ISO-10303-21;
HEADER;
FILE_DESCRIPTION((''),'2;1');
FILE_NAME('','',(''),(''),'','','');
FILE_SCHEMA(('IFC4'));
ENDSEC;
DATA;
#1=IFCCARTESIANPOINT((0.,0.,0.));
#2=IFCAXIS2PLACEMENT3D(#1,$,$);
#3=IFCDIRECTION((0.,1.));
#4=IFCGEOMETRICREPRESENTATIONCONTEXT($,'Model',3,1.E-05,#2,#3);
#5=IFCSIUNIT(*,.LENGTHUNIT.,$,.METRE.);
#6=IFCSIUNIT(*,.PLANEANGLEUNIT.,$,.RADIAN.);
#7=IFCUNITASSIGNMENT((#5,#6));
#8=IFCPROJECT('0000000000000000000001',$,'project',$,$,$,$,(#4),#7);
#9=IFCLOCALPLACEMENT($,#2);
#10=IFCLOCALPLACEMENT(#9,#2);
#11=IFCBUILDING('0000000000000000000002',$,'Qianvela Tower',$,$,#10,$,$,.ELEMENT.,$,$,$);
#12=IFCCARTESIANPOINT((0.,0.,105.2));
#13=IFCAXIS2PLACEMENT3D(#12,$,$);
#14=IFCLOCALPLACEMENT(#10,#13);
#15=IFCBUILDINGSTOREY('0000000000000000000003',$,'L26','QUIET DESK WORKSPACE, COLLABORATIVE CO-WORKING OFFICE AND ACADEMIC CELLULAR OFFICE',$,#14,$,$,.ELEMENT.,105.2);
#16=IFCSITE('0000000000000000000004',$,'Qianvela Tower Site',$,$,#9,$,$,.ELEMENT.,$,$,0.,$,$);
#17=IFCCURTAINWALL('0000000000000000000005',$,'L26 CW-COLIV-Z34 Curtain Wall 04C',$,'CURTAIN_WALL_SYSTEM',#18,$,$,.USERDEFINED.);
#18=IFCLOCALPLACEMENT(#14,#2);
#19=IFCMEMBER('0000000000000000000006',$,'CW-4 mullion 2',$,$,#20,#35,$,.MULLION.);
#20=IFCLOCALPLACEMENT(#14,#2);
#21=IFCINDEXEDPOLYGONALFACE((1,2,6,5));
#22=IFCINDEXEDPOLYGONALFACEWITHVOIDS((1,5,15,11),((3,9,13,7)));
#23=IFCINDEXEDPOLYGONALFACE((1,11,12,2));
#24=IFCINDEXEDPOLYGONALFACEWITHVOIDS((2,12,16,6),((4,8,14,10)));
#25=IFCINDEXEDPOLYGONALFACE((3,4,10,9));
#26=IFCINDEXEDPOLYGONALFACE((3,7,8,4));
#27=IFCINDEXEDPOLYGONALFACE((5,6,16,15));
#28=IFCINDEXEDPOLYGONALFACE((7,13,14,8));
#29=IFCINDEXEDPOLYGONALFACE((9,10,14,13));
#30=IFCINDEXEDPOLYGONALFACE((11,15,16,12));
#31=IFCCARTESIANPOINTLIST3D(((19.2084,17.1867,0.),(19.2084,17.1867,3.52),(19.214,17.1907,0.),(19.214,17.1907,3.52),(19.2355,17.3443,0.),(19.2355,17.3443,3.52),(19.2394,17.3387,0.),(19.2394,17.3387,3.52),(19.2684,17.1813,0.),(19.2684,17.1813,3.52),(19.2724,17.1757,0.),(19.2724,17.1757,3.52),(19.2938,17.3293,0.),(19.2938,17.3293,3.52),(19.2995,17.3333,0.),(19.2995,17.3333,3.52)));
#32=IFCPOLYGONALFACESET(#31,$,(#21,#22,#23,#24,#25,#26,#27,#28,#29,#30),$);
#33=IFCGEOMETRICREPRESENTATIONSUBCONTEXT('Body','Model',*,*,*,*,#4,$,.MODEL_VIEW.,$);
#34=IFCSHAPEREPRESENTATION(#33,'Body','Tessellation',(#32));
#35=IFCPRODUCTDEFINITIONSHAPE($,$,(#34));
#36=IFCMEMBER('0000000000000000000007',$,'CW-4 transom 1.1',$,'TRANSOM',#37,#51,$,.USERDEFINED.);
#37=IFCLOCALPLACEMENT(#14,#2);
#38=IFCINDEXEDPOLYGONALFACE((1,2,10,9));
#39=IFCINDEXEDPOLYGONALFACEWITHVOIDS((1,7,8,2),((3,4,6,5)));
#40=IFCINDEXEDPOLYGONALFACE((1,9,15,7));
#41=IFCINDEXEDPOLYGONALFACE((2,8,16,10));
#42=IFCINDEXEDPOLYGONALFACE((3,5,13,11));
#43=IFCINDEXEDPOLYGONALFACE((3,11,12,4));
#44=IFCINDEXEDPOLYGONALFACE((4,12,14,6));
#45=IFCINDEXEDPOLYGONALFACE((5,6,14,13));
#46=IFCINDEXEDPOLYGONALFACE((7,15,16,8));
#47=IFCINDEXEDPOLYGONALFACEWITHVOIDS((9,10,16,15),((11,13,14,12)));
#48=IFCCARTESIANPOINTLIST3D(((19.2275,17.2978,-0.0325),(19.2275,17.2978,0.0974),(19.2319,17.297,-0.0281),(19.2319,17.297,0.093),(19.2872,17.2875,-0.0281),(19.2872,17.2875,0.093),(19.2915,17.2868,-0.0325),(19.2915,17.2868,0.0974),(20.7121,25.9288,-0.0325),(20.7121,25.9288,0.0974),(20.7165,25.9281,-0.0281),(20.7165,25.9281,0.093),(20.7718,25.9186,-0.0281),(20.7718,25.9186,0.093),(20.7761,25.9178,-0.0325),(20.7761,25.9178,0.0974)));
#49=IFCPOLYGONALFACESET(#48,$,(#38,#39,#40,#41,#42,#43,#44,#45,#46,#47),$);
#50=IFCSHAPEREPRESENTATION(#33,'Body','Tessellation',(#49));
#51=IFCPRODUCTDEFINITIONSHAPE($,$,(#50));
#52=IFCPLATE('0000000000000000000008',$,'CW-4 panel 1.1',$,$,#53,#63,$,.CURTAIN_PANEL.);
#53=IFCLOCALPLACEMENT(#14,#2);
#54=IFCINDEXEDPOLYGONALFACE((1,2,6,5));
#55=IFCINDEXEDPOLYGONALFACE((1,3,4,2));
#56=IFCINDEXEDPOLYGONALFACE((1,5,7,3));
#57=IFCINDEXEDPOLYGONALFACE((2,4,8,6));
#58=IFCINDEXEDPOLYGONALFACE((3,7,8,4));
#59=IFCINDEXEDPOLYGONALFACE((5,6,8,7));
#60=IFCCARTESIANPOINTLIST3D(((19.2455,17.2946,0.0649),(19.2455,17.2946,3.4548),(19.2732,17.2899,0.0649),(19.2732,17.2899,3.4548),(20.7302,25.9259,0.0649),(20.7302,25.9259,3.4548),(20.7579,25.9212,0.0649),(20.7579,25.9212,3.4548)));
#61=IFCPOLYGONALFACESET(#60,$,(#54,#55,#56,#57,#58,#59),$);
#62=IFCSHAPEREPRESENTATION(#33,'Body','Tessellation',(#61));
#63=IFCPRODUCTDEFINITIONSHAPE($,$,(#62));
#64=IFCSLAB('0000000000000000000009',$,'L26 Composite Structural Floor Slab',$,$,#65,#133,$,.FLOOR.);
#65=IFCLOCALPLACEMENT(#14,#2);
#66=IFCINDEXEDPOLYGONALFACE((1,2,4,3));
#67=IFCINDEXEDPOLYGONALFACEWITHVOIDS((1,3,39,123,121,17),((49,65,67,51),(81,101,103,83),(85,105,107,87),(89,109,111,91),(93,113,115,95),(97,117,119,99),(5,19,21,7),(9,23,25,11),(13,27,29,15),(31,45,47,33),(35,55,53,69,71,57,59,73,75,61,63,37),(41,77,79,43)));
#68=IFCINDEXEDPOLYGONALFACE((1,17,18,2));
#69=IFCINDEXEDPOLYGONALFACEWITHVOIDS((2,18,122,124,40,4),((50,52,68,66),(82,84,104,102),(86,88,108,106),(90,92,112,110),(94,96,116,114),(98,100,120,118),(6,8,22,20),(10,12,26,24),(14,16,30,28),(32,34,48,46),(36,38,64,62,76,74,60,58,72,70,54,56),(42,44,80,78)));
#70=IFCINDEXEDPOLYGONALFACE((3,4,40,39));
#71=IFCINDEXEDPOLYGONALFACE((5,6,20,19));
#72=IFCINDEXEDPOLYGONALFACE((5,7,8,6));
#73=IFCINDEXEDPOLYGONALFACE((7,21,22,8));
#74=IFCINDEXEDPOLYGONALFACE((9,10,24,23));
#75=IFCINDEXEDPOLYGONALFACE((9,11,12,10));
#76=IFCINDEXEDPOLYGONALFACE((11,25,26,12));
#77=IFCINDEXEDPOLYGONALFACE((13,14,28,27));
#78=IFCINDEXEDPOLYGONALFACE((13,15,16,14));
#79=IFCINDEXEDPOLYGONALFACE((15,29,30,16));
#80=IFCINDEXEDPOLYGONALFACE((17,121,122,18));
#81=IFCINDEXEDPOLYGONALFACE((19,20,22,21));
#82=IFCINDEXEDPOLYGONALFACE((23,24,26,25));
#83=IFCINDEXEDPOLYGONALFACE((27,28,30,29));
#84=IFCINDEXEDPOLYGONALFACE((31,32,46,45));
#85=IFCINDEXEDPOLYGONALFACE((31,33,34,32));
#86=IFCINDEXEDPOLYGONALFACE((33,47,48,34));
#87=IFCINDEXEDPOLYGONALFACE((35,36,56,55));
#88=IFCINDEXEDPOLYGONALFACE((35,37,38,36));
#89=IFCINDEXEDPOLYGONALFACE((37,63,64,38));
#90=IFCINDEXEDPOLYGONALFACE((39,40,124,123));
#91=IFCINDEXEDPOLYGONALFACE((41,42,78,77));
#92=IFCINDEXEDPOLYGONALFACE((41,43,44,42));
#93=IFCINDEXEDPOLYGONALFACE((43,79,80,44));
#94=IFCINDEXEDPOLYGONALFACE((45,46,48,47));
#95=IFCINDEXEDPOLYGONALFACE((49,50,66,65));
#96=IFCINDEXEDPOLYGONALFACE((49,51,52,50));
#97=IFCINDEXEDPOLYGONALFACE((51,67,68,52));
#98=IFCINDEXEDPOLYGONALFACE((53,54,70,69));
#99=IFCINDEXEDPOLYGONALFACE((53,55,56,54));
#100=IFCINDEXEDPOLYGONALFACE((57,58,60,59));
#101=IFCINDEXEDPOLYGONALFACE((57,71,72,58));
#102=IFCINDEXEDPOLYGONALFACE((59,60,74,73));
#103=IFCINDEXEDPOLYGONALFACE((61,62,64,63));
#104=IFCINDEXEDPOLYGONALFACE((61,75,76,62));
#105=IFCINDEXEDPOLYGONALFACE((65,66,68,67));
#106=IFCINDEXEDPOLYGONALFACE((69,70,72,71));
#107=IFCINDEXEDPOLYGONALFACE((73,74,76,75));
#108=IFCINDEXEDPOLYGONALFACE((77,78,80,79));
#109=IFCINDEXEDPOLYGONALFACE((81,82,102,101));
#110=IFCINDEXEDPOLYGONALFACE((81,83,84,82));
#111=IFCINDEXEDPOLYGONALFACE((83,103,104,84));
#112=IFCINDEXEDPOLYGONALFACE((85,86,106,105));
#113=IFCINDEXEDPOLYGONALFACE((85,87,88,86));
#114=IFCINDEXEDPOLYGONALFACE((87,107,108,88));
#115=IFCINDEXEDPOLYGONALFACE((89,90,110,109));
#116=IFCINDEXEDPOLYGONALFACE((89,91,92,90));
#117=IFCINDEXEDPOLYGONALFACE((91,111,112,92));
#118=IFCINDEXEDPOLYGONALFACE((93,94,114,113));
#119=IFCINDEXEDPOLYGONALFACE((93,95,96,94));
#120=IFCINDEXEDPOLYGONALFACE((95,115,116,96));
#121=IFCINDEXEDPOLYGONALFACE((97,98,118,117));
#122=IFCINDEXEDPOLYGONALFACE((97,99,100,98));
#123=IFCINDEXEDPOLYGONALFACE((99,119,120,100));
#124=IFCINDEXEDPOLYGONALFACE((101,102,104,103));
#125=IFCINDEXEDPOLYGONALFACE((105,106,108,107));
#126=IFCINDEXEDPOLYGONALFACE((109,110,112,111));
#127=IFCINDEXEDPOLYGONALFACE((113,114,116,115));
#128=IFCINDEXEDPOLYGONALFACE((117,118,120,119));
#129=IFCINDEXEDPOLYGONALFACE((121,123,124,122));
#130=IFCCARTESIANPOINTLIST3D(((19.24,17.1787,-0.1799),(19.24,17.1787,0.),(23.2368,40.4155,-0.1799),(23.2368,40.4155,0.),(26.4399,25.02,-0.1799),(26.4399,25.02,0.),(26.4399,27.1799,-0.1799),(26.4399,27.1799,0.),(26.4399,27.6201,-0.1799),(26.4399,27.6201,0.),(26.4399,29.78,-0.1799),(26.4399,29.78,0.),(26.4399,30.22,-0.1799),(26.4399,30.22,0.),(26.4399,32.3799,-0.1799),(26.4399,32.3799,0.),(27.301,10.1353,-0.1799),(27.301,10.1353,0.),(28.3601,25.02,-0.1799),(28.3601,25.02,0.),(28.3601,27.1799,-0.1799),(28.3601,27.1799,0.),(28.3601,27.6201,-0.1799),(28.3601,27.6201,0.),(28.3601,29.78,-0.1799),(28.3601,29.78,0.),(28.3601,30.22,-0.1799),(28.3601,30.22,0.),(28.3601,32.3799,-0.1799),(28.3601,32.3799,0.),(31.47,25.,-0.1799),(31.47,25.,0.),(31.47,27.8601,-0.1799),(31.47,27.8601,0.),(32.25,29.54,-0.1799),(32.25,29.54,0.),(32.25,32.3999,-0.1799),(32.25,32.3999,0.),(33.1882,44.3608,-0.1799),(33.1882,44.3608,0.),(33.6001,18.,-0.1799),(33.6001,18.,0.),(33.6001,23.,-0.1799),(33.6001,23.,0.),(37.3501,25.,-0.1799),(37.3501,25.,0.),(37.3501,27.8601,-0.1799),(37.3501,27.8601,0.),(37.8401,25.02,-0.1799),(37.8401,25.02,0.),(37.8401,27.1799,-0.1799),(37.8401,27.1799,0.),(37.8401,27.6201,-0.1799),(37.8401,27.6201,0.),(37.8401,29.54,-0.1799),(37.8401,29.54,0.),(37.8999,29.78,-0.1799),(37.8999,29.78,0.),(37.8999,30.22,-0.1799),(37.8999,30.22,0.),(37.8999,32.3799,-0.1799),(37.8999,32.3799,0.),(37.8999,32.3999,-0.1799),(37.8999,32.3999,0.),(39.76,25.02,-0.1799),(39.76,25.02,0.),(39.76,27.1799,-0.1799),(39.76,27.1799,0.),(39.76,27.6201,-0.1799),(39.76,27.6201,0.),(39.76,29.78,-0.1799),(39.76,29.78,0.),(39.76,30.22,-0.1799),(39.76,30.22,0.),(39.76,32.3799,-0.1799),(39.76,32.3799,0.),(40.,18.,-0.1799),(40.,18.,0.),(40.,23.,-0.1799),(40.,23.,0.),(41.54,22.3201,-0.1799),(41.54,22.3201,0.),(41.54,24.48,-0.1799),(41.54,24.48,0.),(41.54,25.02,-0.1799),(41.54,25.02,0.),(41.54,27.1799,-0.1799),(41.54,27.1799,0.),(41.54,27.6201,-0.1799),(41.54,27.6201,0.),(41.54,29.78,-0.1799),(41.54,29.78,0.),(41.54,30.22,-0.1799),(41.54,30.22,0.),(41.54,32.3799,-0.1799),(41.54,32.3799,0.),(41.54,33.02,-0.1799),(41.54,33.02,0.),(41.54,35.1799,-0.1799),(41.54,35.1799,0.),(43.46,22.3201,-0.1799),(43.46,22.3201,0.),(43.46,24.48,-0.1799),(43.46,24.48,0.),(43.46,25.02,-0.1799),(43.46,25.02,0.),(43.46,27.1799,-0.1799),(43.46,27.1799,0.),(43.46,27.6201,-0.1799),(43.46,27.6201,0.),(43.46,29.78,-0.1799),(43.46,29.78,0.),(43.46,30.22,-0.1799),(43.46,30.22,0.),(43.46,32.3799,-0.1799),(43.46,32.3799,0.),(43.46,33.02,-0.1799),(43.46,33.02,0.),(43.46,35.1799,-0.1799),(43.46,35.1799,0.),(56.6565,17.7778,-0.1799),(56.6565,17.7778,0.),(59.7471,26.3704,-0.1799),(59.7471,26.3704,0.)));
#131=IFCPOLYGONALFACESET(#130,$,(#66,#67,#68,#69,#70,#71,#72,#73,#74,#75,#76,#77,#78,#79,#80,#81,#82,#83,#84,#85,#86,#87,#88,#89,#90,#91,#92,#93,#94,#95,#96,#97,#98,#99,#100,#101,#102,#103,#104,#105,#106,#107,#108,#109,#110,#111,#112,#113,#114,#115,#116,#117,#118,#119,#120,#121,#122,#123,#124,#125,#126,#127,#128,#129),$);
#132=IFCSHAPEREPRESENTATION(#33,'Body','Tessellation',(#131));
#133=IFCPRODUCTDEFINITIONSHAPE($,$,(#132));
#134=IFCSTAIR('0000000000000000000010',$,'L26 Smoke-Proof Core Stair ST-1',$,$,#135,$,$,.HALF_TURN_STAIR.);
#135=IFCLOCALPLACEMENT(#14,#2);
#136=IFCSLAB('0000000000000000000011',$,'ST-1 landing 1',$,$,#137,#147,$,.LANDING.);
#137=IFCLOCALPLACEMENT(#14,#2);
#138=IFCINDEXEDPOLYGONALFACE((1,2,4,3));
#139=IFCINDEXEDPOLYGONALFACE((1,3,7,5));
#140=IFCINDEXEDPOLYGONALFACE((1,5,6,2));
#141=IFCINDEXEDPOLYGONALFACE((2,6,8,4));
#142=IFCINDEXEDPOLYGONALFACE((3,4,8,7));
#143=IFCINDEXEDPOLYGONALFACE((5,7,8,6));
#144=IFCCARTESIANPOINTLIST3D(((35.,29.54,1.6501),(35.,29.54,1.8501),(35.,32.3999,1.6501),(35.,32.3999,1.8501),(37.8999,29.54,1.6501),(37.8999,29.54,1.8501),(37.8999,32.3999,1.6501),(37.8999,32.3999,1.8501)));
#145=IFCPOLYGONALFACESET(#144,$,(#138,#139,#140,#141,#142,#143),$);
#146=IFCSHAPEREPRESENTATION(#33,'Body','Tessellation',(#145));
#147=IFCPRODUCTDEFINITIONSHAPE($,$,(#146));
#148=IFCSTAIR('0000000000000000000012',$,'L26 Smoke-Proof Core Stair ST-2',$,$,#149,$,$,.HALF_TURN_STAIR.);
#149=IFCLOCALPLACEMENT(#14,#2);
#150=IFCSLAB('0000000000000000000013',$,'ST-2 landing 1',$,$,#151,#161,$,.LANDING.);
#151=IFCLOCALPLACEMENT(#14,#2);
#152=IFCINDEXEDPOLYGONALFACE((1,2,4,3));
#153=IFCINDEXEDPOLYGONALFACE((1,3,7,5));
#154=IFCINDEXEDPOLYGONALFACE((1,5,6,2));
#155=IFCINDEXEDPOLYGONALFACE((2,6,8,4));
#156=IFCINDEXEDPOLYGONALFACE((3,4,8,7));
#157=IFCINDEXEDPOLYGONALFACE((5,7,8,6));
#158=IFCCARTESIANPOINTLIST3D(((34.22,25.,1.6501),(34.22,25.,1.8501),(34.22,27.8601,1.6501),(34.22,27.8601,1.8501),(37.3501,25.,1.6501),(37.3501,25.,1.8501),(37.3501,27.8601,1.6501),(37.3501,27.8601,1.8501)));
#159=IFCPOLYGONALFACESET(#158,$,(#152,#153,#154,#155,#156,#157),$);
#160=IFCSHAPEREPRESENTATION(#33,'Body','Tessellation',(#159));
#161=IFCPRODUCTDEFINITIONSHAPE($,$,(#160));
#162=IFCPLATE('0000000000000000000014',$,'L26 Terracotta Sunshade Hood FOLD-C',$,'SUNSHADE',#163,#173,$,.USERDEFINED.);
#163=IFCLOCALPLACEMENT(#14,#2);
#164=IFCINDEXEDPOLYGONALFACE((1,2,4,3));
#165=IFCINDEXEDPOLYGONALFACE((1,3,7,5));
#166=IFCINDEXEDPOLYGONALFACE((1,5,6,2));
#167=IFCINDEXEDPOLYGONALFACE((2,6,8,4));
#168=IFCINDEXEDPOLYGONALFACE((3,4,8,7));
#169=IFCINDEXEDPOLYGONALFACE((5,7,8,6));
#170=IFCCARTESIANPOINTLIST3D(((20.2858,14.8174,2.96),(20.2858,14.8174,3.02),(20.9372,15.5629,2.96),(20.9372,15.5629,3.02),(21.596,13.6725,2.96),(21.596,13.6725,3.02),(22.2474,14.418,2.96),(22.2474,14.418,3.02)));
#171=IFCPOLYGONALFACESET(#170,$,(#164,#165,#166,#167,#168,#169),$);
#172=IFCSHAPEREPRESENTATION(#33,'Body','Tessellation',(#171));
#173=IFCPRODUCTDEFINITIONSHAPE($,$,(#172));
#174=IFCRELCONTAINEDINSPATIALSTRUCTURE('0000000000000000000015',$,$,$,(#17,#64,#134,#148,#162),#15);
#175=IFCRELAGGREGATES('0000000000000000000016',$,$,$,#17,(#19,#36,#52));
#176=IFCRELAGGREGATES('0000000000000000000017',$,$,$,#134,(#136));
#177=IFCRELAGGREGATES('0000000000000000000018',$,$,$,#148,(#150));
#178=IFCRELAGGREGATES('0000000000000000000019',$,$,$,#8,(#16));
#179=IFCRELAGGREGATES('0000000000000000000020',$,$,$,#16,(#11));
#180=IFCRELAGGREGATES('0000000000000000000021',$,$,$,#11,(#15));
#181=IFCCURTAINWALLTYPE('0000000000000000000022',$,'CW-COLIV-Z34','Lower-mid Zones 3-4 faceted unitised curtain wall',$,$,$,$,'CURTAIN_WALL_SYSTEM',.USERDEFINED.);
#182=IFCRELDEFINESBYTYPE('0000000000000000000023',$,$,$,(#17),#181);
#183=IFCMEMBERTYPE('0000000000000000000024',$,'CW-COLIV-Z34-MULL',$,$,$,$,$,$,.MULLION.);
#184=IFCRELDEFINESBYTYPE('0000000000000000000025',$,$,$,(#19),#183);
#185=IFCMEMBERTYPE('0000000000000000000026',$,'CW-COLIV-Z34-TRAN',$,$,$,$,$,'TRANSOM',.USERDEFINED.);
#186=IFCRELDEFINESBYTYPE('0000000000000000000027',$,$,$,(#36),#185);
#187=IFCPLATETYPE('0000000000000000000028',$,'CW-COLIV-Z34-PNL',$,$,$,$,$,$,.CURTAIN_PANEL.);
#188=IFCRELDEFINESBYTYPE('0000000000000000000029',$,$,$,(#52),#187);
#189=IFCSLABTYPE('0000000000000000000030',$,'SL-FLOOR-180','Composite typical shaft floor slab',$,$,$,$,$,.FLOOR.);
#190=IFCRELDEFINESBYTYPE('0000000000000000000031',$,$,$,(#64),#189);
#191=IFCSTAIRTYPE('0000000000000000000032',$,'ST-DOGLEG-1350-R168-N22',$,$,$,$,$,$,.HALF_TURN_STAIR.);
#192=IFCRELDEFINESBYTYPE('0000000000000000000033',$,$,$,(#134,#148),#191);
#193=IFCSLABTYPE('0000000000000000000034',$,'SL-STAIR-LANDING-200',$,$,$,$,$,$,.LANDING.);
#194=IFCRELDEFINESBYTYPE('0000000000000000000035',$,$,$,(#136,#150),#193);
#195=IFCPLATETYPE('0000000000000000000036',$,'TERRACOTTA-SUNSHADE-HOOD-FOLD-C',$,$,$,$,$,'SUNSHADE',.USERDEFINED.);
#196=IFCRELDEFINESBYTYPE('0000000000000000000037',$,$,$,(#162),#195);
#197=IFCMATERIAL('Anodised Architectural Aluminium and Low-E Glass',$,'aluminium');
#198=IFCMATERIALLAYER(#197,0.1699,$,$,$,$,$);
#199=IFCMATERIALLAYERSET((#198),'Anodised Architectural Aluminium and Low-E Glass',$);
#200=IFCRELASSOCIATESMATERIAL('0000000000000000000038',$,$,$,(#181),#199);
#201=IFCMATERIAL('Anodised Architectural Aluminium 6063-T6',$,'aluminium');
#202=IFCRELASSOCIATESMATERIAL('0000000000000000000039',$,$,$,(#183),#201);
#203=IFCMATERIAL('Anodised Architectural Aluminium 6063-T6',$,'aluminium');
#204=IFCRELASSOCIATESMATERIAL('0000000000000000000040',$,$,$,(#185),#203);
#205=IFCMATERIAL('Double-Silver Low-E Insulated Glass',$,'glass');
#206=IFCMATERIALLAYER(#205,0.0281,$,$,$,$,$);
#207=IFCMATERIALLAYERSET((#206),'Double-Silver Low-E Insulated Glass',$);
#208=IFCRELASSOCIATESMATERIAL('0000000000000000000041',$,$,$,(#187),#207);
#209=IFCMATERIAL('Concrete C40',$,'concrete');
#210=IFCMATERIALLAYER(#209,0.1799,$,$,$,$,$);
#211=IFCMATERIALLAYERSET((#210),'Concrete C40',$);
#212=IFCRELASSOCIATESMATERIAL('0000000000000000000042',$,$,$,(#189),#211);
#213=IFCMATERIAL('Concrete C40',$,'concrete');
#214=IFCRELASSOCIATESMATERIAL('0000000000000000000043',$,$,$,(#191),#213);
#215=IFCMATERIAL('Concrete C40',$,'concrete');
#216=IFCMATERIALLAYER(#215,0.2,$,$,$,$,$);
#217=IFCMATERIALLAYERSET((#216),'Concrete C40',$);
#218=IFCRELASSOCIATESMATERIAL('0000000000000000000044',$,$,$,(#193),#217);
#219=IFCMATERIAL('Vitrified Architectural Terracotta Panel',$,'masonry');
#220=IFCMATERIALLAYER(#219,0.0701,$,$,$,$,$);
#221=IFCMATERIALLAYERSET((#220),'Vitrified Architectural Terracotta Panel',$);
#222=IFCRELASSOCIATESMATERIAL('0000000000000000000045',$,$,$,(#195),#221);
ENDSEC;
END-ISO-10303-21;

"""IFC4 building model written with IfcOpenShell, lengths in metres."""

from ifc_helpers import new_model, si_unit, direction, frame, origin, origin_2d, place, context, subcontext, project, spatial, polyline, rectangle, hollow_rectangle, outline, extrude, material, layer, layer_set, material_profile, profile_set, type_object, element, aggregate, save


model = new_model("IFC4")

# Units and contexts
model_context = context("Model", 3, precision=1e-05, world=origin(), true_north=direction((0.0, 1.0)))
body_context = subcontext(model_context, "Body", "Model", "MODEL_VIEW")
ifc_project = project(units=[si_unit("LENGTHUNIT", "METRE"), si_unit("PLANEANGLEUNIT", "RADIAN")], contexts=[model_context])

# Site, building, storey
site_placement = place(None, origin())
site = spatial("IfcSite", under=ifc_project, at=site_placement, Name="Qianvela Tower Site", CompositionType="ELEMENT", RefElevation=0.0)
building_placement = place(site_placement, origin())
building = spatial("IfcBuilding", under=site, at=building_placement, Name="Qianvela Tower", CompositionType="ELEMENT")
storey_placement = place(building_placement, frame((0.0, 0.0, 105.2)))
storey = spatial("IfcBuildingStorey", under=building, at=storey_placement, Name="L26", Description="QUIET DESK WORKSPACE, COLLABORATIVE CO-WORKING OFFICE AND ACADEMIC CELLULAR OFFICE", CompositionType="ELEMENT", Elevation=105.2)

# Curtain wall, members, plate
ifc_material_1 = material(Name="Anodised Architectural Aluminium and Low-E Glass", Category="aluminium")
ifc_layer_1 = layer(ifc_material_1, 0.1699)
ifc_layer_set_1 = layer_set([ifc_layer_1], Name="Anodised Architectural Aluminium and Low-E Glass")
curtain_wall_type = type_object("IfcCurtainWallType", Name="CW-COLIV-Z34", Description="Lower-mid Zones 3-4 faceted unitised curtain wall", ElementType="CURTAIN_WALL_SYSTEM", PredefinedType="USERDEFINED", material=ifc_layer_set_1)
curtain_wall_placement = place(storey_placement, origin())
curtain_wall = element("IfcCurtainWall", 1, at=curtain_wall_placement, inside=storey, type_object=curtain_wall_type, Name="L26 CW-COLIV-Z34 Curtain Wall 04C", ObjectType="CURTAIN_WALL_SYSTEM", PredefinedType="USERDEFINED")
ifc_material_2 = material(Name="Anodised Architectural Aluminium 6063-T6", Category="aluminium")
ifc_material_profile_1 = material_profile(ifc_material_2, hollow_rectangle(XDim=0.0649, YDim=0.1599, WallThickness=0.0049, at=origin_2d()), Name="ALU-MULL-65x160")
ifc_profile_set_1 = profile_set([ifc_material_profile_1], Name="Anodised Architectural Aluminium 6063-T6")
member_type_1 = type_object("IfcMemberType", Name="CW-COLIV-Z34-MULL", PredefinedType="MULLION", material=ifc_profile_set_1)
member_1_placement = place(storey_placement, frame((19.2539, 17.26, 0.0), z_axis=(0.0, 0.0, 1.0), x_axis=(0.985527, -0.16952, 0.0)))
member_1 = element("IfcMember", 2, at=member_1_placement, type_object=member_type_1, Name="CW-4 mullion 2", PredefinedType="MULLION", context=body_context, shape_type="SweptSolid", body=[
    extrude(hollow_rectangle(XDim=0.0649, YDim=0.1599, WallThickness=0.0049, at=origin_2d()), origin(), (0.0, 0.0, 1.0), 3.52),
])
ifc_material_3 = material(Name="Anodised Architectural Aluminium 6063-T6", Category="aluminium")
ifc_material_profile_2 = material_profile(ifc_material_3, hollow_rectangle(XDim=0.0649, YDim=0.1299, WallThickness=0.0044, at=origin_2d()), Name="ALU-TRAN-65x130")
ifc_profile_set_2 = profile_set([ifc_material_profile_2], Name="Anodised Architectural Aluminium 6063-T6")
member_type_2 = type_object("IfcMemberType", Name="CW-COLIV-Z34-TRAN", ElementType="TRANSOM", PredefinedType="USERDEFINED", material=ifc_profile_set_2)
member_2_placement = place(storey_placement, frame((20.7441, 25.9233, 0.0325), z_axis=(-0.169519, -0.985527, 0.0), x_axis=(0.985527, -0.169519, 0.0)))
member_2 = element("IfcMember", 3, at=member_2_placement, type_object=member_type_2, Name="CW-4 transom 1.1", ObjectType="TRANSOM", PredefinedType="USERDEFINED", context=body_context, shape_type="SweptSolid", body=[
    extrude(hollow_rectangle(XDim=0.0649, YDim=0.1299, WallThickness=0.0044, at=origin_2d()), origin(), (0.0, 0.0, 1.0), 8.7578),
])
ifc_material_4 = material(Name="Double-Silver Low-E Insulated Glass", Category="glass")
ifc_layer_2 = layer(ifc_material_4, 0.0281)
ifc_layer_set_2 = layer_set([ifc_layer_2], Name="Double-Silver Low-E Insulated Glass")
plate_type_1 = type_object("IfcPlateType", Name="CW-COLIV-Z34-PNL", PredefinedType="CURTAIN_PANEL", material=ifc_layer_set_2)
plate_1_placement = place(storey_placement, frame((20.0017, 21.6079, 0.0649), z_axis=(0.0, 0.0, 1.0), x_axis=(-0.16952, -0.985527, 0.0)))
plate_1 = element("IfcPlate", 4, at=plate_1_placement, type_object=plate_type_1, Name="CW-4 panel 1.1", PredefinedType="CURTAIN_PANEL", context=body_context, shape_type="SweptSolid", body=[
    extrude(rectangle(XDim=8.7581, YDim=0.0281, at=origin_2d()), origin(), (0.0, 0.0, 1.0), 3.3899),
])
aggregate(curtain_wall, [member_1, member_2, plate_1])

# Slab
ifc_material_5 = material(Name="Concrete C40", Category="concrete")
ifc_layer_3 = layer(ifc_material_5, 0.1799)
ifc_layer_set_3 = layer_set([ifc_layer_3], Name="Concrete C40")
slab_type_1 = type_object("IfcSlabType", Name="SL-FLOOR-180", Description="Composite typical shaft floor slab", PredefinedType="FLOOR", material=ifc_layer_set_3)
slab_1_placement = place(storey_placement, frame((0.0, 0.0, -0.1799)))
element("IfcSlab", 5, at=slab_1_placement, inside=storey, type_object=slab_type_1, Name="L26 Composite Structural Floor Slab", PredefinedType="FLOOR", context=body_context, shape_type="SweptSolid", body=[
    extrude(outline(polyline([(56.6565, 17.7778), (59.7471, 26.3704), (33.1882, 44.3608), (23.2368, 40.4155), (19.24, 17.1787), (27.301, 10.1353), (56.6565, 17.7778)]), holes=[polyline([(40.0, 23.0), (33.6001, 23.0), (33.6001, 18.0), (40.0, 18.0), (40.0, 23.0)]), polyline([(28.3601, 25.02), (28.3601, 27.1799), (26.4399, 27.1799), (26.4399, 25.02), (28.3601, 25.02)]), polyline([(37.3501, 25.0), (37.3501, 27.8601), (31.47, 27.8601), (31.47, 25.0), (37.3501, 25.0)]), polyline([(28.3601, 27.6201), (28.3601, 29.78), (26.4399, 29.78), (26.4399, 27.6201), (28.3601, 27.6201)]), polyline([(37.8999, 32.3799), (37.8999, 32.3999), (32.25, 32.3999), (32.25, 29.54), (37.8401, 29.54), (37.8401, 27.6201), (39.76, 27.6201), (39.76, 29.78), (37.8999, 29.78), (37.8999, 30.22), (39.76, 30.22), (39.76, 32.3799), (37.8999, 32.3799)]), polyline([(28.3601, 30.22), (28.3601, 32.3799), (26.4399, 32.3799), (26.4399, 30.22), (28.3601, 30.22)]), polyline([(43.46, 24.48), (41.54, 24.48), (41.54, 22.3201), (43.46, 22.3201), (43.46, 24.48)]), polyline([(39.76, 25.02), (39.76, 27.1799), (37.8401, 27.1799), (37.8401, 25.02), (39.76, 25.02)]), polyline([(43.46, 25.02), (43.46, 27.1799), (41.54, 27.1799), (41.54, 25.02), (43.46, 25.02)]), polyline([(43.46, 27.6201), (43.46, 29.78), (41.54, 29.78), (41.54, 27.6201), (43.46, 27.6201)]), polyline([(43.46, 30.22), (43.46, 32.3799), (41.54, 32.3799), (41.54, 30.22), (43.46, 30.22)]), polyline([(43.46, 33.02), (43.46, 35.1799), (41.54, 35.1799), (41.54, 33.02), (43.46, 33.02)])]), origin(), (0.0, 0.0, 1.0), 0.1799),
])

# Stairs, slabs
ifc_material_6 = material(Name="Concrete C40", Category="concrete")
stair_type = type_object("IfcStairType", Name="ST-DOGLEG-1350-R168-N22", PredefinedType="HALF_TURN_STAIR", material=ifc_material_6)
stair_1_placement = place(storey_placement, origin())
stair_1 = element("IfcStair", 6, at=stair_1_placement, inside=storey, type_object=stair_type, Name="L26 Smoke-Proof Core Stair ST-1", PredefinedType="HALF_TURN_STAIR")
ifc_material_7 = material(Name="Concrete C40", Category="concrete")
ifc_layer_4 = layer(ifc_material_7, 0.2)
ifc_layer_set_4 = layer_set([ifc_layer_4], Name="Concrete C40")
slab_type_2 = type_object("IfcSlabType", Name="SL-STAIR-LANDING-200", PredefinedType="LANDING", material=ifc_layer_set_4)
slab_2_placement = place(storey_placement, frame((0.0, 0.0, 1.6501)))
slab_2 = element("IfcSlab", 7, at=slab_2_placement, type_object=slab_type_2, Name="ST-1 landing 1", PredefinedType="LANDING", context=body_context, shape_type="SweptSolid", body=[
    extrude(outline(polyline([(35.0, 29.54), (37.8999, 29.54), (37.8999, 32.3999), (35.0, 32.3999), (35.0, 29.54)])), origin(), (0.0, 0.0, 1.0), 0.2),
])
aggregate(stair_1, [slab_2])
stair_2_placement = place(storey_placement, origin())
stair_2 = element("IfcStair", 8, at=stair_2_placement, inside=storey, type_object=stair_type, Name="L26 Smoke-Proof Core Stair ST-2", PredefinedType="HALF_TURN_STAIR")
slab_3_placement = place(storey_placement, frame((0.0, 0.0, 1.6501)))
slab_3 = element("IfcSlab", 9, at=slab_3_placement, type_object=slab_type_2, Name="ST-2 landing 1", PredefinedType="LANDING", context=body_context, shape_type="SweptSolid", body=[
    extrude(outline(polyline([(34.22, 25.0), (37.3501, 25.0), (37.3501, 27.8601), (34.22, 27.8601), (34.22, 25.0)])), origin(), (0.0, 0.0, 1.0), 0.2),
])
aggregate(stair_2, [slab_3])

# Plate
ifc_material_8 = material(Name="Vitrified Architectural Terracotta Panel", Category="masonry")
ifc_layer_5 = layer(ifc_material_8, 0.0701)
ifc_layer_set_5 = layer_set([ifc_layer_5], Name="Vitrified Architectural Terracotta Panel")
plate_type_2 = type_object("IfcPlateType", Name="TERRACOTTA-SUNSHADE-HOOD-FOLD-C", ElementType="SUNSHADE", PredefinedType="USERDEFINED", material=ifc_layer_set_5)
plate_2_placement = place(storey_placement, frame((21.2666, 14.6177, 2.96), z_axis=(0.0, 0.0, 1.0), x_axis=(0.753033, -0.657983, 0.0)))
element("IfcPlate", 10, at=plate_2_placement, inside=storey, type_object=plate_type_2, Name="L26 Terracotta Sunshade Hood FOLD-C", ObjectType="SUNSHADE", PredefinedType="USERDEFINED", context=body_context, shape_type="SweptSolid", body=[
    extrude(rectangle(XDim=1.74, YDim=0.99, at=origin_2d()), origin(), (0.0, 0.0, 1.0), 0.0601),
])

save(model, "model.ifc")
